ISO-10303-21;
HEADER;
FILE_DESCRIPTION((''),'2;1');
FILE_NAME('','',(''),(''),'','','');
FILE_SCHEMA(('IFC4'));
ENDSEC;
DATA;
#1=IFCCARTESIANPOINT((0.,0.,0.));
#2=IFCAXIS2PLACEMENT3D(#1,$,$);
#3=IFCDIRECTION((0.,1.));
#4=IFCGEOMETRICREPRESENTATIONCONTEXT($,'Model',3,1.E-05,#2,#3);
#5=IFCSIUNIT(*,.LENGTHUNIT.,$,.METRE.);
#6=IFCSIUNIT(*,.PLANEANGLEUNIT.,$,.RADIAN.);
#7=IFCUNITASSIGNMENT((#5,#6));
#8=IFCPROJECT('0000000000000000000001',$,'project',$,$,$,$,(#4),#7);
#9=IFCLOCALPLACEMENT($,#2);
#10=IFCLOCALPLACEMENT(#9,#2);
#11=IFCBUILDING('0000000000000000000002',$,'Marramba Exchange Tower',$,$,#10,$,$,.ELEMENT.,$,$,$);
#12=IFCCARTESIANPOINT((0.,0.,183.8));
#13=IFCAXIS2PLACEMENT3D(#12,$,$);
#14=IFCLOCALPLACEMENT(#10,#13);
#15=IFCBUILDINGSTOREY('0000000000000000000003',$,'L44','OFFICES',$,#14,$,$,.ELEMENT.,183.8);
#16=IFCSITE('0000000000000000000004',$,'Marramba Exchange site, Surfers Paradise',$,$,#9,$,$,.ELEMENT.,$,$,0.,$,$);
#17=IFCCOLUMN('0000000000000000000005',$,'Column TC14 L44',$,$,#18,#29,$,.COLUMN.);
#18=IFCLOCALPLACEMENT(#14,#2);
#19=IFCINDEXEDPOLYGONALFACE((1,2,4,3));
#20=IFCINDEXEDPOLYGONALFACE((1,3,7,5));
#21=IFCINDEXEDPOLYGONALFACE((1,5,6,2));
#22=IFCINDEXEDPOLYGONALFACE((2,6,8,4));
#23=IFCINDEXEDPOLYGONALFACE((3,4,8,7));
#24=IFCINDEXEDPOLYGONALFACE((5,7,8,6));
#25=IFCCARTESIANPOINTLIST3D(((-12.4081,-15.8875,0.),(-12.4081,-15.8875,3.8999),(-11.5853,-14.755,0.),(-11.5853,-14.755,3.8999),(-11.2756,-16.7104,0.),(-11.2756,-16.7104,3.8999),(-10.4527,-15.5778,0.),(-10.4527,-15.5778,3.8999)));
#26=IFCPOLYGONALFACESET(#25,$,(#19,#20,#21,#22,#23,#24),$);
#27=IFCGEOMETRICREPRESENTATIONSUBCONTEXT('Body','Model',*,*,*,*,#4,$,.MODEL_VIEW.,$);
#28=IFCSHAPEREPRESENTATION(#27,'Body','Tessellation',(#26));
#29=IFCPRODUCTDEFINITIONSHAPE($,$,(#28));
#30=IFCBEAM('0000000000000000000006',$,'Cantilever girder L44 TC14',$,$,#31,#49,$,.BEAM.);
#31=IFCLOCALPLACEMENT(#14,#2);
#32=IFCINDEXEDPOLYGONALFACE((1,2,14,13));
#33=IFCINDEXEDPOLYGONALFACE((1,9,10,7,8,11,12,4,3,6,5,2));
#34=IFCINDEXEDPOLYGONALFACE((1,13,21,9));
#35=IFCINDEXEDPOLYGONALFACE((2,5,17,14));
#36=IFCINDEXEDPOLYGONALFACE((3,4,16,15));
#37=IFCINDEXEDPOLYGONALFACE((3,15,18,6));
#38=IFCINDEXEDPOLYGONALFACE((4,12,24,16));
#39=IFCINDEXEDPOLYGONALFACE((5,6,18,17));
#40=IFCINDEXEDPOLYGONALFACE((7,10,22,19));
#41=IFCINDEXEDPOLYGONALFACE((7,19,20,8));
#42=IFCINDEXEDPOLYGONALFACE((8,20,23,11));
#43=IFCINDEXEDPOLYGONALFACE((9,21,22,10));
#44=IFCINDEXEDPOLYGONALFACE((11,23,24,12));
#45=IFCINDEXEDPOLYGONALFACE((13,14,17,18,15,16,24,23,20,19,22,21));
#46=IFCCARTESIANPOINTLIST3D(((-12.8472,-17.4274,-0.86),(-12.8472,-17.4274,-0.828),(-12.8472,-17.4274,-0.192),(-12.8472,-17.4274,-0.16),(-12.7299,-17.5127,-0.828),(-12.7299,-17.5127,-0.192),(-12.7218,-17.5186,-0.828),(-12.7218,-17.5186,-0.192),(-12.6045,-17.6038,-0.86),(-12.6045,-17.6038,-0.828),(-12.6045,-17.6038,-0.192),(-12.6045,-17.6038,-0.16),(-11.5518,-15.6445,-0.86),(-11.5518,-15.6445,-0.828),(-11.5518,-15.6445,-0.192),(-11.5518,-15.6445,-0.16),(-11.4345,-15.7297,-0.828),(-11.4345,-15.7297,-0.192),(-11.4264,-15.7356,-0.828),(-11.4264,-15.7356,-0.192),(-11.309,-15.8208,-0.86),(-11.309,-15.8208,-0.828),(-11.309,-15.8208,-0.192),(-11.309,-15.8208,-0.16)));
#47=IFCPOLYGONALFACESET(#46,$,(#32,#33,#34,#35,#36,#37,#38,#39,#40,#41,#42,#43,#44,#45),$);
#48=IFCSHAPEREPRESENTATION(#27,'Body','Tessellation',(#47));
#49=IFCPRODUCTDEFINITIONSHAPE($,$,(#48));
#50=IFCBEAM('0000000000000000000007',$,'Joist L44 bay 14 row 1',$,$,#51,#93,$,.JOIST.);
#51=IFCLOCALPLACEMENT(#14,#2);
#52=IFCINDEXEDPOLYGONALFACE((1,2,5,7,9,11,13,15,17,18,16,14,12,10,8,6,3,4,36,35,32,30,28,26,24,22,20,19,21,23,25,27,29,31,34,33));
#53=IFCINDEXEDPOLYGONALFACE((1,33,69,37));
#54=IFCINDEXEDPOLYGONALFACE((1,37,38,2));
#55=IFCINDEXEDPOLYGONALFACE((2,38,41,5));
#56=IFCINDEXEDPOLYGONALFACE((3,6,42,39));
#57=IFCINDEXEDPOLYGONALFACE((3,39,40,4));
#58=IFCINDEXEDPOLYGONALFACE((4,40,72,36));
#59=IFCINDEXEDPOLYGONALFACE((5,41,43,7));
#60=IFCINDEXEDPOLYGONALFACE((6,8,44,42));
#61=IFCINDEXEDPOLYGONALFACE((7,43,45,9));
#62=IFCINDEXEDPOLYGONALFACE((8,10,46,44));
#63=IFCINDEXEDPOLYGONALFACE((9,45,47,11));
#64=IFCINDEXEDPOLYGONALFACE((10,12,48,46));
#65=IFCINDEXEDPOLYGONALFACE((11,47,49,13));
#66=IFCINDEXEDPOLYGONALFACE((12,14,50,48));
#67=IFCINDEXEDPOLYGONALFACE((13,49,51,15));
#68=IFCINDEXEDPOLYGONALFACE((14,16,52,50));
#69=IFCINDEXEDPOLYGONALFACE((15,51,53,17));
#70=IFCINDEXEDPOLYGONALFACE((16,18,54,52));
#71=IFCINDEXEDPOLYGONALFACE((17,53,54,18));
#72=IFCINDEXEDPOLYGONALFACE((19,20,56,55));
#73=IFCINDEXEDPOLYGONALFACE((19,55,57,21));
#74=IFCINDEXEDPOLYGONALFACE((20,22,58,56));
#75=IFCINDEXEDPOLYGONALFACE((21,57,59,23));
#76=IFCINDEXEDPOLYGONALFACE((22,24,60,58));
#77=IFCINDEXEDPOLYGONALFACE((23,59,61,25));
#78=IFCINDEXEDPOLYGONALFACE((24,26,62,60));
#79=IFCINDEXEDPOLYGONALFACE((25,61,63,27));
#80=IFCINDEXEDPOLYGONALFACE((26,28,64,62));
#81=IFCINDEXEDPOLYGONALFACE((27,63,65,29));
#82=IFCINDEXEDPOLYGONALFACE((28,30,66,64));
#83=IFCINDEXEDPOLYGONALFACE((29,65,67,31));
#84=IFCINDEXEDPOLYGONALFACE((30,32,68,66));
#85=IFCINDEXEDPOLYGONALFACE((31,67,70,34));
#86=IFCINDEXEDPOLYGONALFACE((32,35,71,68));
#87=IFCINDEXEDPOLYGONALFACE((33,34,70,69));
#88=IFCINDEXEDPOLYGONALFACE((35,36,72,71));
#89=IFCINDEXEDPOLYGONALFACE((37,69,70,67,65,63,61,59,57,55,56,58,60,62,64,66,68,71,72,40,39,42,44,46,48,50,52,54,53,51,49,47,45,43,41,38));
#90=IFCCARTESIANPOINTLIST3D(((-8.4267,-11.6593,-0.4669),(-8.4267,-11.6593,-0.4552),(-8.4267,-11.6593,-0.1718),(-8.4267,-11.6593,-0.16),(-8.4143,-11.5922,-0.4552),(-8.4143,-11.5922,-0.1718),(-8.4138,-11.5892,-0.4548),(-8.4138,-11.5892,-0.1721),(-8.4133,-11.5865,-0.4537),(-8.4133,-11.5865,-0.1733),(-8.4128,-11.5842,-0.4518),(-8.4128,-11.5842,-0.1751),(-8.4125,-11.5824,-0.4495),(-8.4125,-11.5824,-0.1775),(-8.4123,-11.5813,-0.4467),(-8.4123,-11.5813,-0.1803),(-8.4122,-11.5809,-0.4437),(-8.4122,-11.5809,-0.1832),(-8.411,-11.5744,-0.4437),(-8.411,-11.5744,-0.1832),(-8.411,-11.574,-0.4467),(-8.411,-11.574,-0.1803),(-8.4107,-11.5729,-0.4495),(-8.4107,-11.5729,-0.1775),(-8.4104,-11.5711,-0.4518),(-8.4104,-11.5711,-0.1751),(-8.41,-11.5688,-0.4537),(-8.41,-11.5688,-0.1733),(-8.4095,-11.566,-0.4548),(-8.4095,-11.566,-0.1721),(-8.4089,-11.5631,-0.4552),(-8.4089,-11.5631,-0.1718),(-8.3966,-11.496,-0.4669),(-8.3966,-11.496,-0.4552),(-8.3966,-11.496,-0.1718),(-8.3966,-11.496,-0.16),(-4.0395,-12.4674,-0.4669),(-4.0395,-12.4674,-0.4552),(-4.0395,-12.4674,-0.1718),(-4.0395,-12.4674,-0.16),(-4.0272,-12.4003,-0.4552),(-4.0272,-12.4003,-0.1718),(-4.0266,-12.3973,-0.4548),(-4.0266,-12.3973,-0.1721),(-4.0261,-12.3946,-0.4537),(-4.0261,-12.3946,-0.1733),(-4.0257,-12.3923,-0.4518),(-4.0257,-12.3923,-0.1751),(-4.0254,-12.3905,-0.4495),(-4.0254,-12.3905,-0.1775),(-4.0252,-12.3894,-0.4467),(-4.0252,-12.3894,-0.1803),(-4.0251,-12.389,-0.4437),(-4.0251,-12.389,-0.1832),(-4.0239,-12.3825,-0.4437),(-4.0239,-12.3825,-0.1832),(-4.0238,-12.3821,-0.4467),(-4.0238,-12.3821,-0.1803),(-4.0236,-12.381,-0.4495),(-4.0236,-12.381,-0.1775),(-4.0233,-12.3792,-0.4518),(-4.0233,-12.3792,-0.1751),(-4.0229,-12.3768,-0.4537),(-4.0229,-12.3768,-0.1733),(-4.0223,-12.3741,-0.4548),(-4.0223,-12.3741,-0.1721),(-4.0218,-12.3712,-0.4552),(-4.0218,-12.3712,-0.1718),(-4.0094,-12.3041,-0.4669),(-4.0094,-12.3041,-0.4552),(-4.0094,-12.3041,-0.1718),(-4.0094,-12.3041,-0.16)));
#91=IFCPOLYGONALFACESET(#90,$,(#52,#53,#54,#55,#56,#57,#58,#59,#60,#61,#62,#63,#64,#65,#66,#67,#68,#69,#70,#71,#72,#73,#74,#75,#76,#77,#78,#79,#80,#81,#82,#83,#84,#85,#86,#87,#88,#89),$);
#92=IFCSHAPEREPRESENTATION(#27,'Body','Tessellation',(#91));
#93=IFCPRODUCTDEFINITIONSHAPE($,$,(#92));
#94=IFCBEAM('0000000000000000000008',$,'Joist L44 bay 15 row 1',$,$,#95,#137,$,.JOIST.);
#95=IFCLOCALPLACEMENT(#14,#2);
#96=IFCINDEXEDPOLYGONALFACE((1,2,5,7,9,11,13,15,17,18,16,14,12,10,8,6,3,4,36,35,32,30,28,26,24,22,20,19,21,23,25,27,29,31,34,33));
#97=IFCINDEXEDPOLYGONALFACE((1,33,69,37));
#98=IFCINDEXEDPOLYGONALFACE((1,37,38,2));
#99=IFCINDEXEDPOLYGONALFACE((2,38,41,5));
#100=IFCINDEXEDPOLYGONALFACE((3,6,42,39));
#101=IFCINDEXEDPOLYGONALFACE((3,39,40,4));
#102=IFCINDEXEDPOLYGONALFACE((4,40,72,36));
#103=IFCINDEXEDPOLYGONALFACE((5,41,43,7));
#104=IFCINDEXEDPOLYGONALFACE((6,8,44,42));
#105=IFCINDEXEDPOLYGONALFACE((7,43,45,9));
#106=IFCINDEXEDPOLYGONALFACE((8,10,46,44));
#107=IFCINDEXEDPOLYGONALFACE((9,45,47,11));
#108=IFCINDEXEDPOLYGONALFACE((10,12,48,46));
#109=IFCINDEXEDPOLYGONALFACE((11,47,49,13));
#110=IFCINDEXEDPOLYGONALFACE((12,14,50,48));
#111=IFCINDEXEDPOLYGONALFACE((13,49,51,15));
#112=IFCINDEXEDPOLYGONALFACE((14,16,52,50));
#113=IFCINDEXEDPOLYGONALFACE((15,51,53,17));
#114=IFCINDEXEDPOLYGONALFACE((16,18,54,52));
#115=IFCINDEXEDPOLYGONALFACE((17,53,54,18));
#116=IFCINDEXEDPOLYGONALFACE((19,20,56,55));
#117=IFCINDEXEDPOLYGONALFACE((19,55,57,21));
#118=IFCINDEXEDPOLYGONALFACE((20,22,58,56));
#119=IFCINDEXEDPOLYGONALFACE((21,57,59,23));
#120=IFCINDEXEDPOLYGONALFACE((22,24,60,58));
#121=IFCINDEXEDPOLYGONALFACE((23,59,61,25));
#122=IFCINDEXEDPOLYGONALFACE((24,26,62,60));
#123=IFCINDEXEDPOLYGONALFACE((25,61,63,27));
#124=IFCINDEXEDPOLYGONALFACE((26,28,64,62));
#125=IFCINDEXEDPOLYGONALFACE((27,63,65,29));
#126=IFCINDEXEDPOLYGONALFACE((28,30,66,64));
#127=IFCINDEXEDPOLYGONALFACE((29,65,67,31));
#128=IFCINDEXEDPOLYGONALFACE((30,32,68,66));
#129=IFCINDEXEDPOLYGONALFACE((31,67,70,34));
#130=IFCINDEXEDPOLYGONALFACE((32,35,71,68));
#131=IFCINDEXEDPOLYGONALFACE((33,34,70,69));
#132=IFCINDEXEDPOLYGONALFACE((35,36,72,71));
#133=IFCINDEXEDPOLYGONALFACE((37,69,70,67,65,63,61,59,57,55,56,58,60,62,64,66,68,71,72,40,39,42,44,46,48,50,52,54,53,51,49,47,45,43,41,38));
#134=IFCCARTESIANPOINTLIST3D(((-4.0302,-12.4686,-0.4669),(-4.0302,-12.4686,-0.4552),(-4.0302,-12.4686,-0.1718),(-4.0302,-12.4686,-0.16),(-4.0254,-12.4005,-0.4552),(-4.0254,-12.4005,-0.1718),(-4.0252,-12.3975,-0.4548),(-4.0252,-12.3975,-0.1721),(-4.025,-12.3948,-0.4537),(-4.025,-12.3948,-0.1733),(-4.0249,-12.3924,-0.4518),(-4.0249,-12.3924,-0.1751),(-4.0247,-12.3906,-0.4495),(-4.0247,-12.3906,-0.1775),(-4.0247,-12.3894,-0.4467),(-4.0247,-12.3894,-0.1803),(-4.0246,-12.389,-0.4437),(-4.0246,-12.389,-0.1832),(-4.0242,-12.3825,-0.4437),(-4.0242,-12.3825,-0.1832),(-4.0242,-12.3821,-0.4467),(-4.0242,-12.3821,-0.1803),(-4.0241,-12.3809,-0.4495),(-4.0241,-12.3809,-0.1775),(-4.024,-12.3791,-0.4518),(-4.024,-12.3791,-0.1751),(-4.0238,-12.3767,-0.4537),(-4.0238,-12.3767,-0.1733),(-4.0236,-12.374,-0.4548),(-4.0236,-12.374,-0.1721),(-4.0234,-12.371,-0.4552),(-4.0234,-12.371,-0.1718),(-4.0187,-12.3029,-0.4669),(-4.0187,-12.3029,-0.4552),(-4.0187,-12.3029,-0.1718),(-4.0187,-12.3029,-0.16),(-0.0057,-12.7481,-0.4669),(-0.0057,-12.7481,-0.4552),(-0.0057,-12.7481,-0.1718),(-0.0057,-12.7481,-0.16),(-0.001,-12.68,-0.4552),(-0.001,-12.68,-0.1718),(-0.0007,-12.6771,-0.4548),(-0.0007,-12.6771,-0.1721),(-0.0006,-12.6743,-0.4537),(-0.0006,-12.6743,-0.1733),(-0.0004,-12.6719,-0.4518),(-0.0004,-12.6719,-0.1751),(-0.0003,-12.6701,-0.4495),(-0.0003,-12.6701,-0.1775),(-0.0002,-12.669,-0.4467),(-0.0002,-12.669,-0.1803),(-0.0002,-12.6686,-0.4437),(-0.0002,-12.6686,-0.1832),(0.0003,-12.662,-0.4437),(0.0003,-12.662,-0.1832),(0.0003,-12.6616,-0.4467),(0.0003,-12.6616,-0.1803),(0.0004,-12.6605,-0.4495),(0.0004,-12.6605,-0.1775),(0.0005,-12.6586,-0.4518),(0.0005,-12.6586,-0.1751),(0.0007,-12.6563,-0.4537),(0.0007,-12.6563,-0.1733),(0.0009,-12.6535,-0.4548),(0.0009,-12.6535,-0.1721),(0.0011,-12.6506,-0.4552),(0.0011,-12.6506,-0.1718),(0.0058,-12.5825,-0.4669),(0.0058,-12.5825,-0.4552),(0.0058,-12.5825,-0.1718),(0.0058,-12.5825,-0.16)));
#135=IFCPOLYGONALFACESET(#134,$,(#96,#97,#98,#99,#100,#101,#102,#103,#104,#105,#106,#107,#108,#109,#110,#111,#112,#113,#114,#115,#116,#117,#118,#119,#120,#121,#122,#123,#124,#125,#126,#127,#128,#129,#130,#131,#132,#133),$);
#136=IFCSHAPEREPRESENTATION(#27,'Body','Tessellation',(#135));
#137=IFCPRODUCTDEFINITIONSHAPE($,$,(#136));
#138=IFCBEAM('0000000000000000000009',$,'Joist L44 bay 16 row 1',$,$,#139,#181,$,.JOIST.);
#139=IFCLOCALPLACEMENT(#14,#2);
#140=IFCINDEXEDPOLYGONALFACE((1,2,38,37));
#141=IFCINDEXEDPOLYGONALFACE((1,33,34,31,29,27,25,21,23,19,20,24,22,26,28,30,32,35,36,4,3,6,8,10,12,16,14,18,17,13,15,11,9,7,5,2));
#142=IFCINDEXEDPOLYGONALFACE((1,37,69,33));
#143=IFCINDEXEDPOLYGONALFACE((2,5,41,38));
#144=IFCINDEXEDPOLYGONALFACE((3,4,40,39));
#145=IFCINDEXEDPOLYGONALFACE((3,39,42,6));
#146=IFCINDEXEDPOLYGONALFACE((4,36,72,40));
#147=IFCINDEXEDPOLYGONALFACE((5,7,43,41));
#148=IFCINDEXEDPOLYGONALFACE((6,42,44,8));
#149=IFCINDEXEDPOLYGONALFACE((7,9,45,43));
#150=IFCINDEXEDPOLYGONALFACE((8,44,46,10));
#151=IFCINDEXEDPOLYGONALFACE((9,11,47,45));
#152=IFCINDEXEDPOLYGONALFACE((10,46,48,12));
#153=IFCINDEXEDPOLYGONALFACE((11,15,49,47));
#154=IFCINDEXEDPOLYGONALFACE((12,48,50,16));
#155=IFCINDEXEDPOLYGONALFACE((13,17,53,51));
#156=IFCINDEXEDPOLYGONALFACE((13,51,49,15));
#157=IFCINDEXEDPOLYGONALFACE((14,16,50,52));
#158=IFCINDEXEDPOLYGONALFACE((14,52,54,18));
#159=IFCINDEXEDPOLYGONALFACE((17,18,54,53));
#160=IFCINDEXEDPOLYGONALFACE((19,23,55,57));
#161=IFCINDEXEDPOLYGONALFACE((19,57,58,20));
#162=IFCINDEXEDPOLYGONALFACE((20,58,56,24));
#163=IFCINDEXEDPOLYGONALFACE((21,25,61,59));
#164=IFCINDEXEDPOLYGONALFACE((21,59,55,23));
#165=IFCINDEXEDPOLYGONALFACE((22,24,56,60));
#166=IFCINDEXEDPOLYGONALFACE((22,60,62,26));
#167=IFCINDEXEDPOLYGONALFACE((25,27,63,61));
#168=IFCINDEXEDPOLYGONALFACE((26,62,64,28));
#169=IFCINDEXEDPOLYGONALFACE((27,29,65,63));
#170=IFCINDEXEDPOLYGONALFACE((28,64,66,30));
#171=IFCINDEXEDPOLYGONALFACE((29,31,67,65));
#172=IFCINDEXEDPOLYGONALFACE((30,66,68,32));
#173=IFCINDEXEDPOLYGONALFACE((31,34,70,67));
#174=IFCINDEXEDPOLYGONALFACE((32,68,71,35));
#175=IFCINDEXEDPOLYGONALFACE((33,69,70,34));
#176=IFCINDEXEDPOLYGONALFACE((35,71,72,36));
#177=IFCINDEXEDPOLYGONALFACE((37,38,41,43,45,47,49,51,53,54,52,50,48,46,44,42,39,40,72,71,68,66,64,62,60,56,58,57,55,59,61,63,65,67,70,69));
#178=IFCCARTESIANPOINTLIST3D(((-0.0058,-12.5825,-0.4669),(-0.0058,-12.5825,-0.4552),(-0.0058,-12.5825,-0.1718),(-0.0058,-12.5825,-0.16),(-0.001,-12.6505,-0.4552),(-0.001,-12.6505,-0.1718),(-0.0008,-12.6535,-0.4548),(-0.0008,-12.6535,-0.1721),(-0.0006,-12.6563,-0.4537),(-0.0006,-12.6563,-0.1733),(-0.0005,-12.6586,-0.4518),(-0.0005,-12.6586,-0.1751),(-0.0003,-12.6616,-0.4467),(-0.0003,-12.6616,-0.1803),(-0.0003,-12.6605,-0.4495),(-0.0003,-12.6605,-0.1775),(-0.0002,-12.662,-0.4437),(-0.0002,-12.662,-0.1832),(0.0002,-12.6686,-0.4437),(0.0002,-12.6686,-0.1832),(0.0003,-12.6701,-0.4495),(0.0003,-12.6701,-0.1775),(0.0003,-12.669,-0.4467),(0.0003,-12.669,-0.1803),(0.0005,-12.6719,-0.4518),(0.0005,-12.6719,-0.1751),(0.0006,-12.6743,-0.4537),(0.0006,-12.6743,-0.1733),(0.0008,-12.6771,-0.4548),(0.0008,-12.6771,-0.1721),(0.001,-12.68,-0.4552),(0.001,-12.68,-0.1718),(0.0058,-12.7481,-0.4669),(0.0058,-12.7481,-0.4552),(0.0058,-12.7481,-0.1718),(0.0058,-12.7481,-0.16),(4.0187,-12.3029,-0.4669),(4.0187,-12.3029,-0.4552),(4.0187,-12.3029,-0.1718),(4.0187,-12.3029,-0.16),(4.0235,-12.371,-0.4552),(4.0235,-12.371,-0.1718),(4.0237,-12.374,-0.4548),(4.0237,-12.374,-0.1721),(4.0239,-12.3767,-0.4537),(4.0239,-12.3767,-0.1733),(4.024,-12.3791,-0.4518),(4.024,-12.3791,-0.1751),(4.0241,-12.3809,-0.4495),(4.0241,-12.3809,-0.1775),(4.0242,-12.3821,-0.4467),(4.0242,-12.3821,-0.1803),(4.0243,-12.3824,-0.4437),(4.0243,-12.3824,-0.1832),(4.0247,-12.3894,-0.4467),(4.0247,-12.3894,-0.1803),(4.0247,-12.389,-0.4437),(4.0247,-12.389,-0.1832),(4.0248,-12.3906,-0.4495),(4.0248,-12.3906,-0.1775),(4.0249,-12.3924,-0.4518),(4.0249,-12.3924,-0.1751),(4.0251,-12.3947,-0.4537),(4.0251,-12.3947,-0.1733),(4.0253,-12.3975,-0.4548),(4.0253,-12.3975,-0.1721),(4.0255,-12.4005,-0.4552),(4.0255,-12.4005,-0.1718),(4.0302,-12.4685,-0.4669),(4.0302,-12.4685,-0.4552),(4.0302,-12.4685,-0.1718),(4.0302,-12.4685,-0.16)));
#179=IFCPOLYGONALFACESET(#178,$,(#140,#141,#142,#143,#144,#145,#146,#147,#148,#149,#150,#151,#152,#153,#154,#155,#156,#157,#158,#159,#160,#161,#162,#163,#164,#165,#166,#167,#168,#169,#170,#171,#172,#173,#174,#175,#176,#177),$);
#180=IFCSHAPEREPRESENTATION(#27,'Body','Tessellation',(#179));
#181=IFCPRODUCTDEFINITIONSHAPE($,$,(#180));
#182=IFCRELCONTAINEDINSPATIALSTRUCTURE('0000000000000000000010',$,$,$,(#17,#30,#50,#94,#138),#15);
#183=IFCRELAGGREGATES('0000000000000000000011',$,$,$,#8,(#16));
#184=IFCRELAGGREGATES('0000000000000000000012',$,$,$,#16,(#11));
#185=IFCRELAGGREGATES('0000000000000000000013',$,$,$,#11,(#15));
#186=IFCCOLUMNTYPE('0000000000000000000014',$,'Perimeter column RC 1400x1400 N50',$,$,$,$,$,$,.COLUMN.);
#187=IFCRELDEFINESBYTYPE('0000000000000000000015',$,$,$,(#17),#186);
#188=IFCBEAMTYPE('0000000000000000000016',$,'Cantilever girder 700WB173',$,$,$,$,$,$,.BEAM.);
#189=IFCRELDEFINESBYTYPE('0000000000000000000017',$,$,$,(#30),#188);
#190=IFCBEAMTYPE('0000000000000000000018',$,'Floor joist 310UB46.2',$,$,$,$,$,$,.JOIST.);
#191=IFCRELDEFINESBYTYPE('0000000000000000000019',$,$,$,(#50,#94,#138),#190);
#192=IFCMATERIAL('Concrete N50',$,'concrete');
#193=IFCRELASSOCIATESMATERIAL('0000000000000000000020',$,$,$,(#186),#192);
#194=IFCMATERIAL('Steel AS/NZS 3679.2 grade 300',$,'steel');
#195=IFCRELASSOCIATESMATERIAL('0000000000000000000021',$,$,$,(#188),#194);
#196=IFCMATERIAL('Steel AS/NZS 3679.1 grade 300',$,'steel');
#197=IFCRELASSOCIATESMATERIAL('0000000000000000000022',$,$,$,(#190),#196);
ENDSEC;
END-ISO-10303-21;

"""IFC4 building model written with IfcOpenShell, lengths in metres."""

from ifc_helpers import new_model, si_unit, direction, frame, origin, origin_2d, place, context, subcontext, project, spatial, rectangle, i_section, extrude, material, material_profile, profile_set, type_object, element, save


model = new_model("IFC4")

# Units and contexts
model_context = context("Model", 3, precision=1e-05, world=origin(), true_north=direction((0.0, 1.0)))
body_context = subcontext(model_context, "Body", "Model", "MODEL_VIEW")
ifc_project = project(units=[si_unit("LENGTHUNIT", "METRE"), si_unit("PLANEANGLEUNIT", "RADIAN")], contexts=[model_context])

# Site, building, storey
site_placement = place(None, origin())
site = spatial("IfcSite", under=ifc_project, at=site_placement, Name="Marramba Exchange site, Surfers Paradise", CompositionType="ELEMENT", RefElevation=0.0)
building_placement = place(site_placement, origin())
building = spatial("IfcBuilding", under=site, at=building_placement, Name="Marramba Exchange Tower", CompositionType="ELEMENT")
storey_placement = place(building_placement, frame((0.0, 0.0, 183.8)))
storey = spatial("IfcBuildingStorey", under=building, at=storey_placement, Name="L44", Description="OFFICES", CompositionType="ELEMENT", Elevation=183.8)

# Column
ifc_material_1 = material(Name="Concrete N50", Category="concrete")
ifc_material_profile_1 = material_profile(ifc_material_1, rectangle(XDim=1.3999, YDim=1.3999, at=origin_2d()), Name="RC 1400x1400")
ifc_profile_set_1 = profile_set([ifc_material_profile_1], Name="Concrete N50")
column_type = type_object("IfcColumnType", Name="Perimeter column RC 1400x1400 N50", PredefinedType="COLUMN", material=ifc_profile_set_1)
column_placement = place(storey_placement, frame((-11.4304, -15.7327, 0.0), z_axis=(0.0, 0.0, 1.0), x_axis=(-0.587785, -0.809017, 0.0)))
element("IfcColumn", 1, at=column_placement, inside=storey, type_object=column_type, Name="Column TC14 L44", PredefinedType="COLUMN", context=body_context, shape_type="SweptSolid", body=[
    extrude(rectangle(XDim=1.3999, YDim=1.3999, at=origin_2d()), origin(), (0.0, 0.0, 1.0), 3.8999),
])

# Beams
ifc_material_2 = material(Name="Steel AS/NZS 3679.2 grade 300", Category="steel")
ifc_material_profile_2 = material_profile(ifc_material_2, i_section(OverallWidth=0.3, OverallDepth=0.7, WebThickness=0.01, FlangeThickness=0.032, at=origin_2d()), Name="700WB173")
ifc_profile_set_2 = profile_set([ifc_material_profile_2], Name="Steel AS/NZS 3679.2 grade 300")
beam_type_1 = type_object("IfcBeamType", Name="Cantilever girder 700WB173", PredefinedType="BEAM", material=ifc_profile_set_2)
beam_1_placement = place(storey_placement, frame((-11.4304, -15.7327, -0.51), z_axis=(-0.58779, -0.809014, 0.0), x_axis=(0.809014, -0.58779, 0.0)))
element("IfcBeam", 2, at=beam_1_placement, inside=storey, type_object=beam_type_1, Name="Cantilever girder L44 TC14", PredefinedType="BEAM", context=body_context, shape_type="SweptSolid", body=[
    extrude(i_section(OverallWidth=0.3, OverallDepth=0.7, WebThickness=0.01, FlangeThickness=0.032, at=origin_2d()), origin(), (0.0, 0.0, 1.0), 2.2039),
])
ifc_material_3 = material(Name="Steel AS/NZS 3679.1 grade 300", Category="steel")
ifc_material_profile_3 = material_profile(ifc_material_3, i_section(OverallWidth=0.166, OverallDepth=0.3069, WebThickness=0.0066, FlangeThickness=0.0117, FilletRadius=0.0115, at=origin_2d()), Name="310UB46.2")
ifc_profile_set_3 = profile_set([ifc_material_profile_3], Name="Steel AS/NZS 3679.1 grade 300")
beam_type_2 = type_object("IfcBeamType", Name="Floor joist 310UB46.2", PredefinedType="JOIST", material=ifc_profile_set_3)
beam_2_placement = place(storey_placement, frame((-8.4116, -11.5776, -0.3135), z_axis=(0.983456, -0.181149, 0.0), x_axis=(0.181149, 0.983456, 0.0)))
element("IfcBeam", 3, at=beam_2_placement, inside=storey, type_object=beam_type_2, Name="Joist L44 bay 14 row 1", PredefinedType="JOIST", context=body_context, shape_type="SweptSolid", body=[
    extrude(i_section(OverallWidth=0.166, OverallDepth=0.3069, WebThickness=0.0066, FlangeThickness=0.0117, FilletRadius=0.0115, at=origin_2d()), origin(), (0.0, 0.0, 1.0), 4.4609),
])
for number, where, z_axis, x_axis, name in (
    (4, (-4.0244, -12.3857, -0.3135), (0.997596, -0.069294, 0.0), (0.069294, 0.997596, 0.0), "Joist L44 bay 15 row 1"),
    (5, (0.0, -12.6653, -0.3135), (0.997596, 0.069294, 0.0), (-0.069294, 0.997596, 0.0), "Joist L44 bay 16 row 1"),
):
    element("IfcBeam", number, at=place(storey_placement, frame(where, z_axis=z_axis, x_axis=x_axis)), inside=storey, type_object=beam_type_2, Name=name, PredefinedType="JOIST", context=body_context, shape_type="SweptSolid", body=[
        extrude(i_section(OverallWidth=0.166, OverallDepth=0.3069, WebThickness=0.0066, FlangeThickness=0.0117, FilletRadius=0.0115, at=origin_2d()), origin(), (0.0, 0.0, 1.0), 4.0342),
    ])

save(model, "model.ifc")
